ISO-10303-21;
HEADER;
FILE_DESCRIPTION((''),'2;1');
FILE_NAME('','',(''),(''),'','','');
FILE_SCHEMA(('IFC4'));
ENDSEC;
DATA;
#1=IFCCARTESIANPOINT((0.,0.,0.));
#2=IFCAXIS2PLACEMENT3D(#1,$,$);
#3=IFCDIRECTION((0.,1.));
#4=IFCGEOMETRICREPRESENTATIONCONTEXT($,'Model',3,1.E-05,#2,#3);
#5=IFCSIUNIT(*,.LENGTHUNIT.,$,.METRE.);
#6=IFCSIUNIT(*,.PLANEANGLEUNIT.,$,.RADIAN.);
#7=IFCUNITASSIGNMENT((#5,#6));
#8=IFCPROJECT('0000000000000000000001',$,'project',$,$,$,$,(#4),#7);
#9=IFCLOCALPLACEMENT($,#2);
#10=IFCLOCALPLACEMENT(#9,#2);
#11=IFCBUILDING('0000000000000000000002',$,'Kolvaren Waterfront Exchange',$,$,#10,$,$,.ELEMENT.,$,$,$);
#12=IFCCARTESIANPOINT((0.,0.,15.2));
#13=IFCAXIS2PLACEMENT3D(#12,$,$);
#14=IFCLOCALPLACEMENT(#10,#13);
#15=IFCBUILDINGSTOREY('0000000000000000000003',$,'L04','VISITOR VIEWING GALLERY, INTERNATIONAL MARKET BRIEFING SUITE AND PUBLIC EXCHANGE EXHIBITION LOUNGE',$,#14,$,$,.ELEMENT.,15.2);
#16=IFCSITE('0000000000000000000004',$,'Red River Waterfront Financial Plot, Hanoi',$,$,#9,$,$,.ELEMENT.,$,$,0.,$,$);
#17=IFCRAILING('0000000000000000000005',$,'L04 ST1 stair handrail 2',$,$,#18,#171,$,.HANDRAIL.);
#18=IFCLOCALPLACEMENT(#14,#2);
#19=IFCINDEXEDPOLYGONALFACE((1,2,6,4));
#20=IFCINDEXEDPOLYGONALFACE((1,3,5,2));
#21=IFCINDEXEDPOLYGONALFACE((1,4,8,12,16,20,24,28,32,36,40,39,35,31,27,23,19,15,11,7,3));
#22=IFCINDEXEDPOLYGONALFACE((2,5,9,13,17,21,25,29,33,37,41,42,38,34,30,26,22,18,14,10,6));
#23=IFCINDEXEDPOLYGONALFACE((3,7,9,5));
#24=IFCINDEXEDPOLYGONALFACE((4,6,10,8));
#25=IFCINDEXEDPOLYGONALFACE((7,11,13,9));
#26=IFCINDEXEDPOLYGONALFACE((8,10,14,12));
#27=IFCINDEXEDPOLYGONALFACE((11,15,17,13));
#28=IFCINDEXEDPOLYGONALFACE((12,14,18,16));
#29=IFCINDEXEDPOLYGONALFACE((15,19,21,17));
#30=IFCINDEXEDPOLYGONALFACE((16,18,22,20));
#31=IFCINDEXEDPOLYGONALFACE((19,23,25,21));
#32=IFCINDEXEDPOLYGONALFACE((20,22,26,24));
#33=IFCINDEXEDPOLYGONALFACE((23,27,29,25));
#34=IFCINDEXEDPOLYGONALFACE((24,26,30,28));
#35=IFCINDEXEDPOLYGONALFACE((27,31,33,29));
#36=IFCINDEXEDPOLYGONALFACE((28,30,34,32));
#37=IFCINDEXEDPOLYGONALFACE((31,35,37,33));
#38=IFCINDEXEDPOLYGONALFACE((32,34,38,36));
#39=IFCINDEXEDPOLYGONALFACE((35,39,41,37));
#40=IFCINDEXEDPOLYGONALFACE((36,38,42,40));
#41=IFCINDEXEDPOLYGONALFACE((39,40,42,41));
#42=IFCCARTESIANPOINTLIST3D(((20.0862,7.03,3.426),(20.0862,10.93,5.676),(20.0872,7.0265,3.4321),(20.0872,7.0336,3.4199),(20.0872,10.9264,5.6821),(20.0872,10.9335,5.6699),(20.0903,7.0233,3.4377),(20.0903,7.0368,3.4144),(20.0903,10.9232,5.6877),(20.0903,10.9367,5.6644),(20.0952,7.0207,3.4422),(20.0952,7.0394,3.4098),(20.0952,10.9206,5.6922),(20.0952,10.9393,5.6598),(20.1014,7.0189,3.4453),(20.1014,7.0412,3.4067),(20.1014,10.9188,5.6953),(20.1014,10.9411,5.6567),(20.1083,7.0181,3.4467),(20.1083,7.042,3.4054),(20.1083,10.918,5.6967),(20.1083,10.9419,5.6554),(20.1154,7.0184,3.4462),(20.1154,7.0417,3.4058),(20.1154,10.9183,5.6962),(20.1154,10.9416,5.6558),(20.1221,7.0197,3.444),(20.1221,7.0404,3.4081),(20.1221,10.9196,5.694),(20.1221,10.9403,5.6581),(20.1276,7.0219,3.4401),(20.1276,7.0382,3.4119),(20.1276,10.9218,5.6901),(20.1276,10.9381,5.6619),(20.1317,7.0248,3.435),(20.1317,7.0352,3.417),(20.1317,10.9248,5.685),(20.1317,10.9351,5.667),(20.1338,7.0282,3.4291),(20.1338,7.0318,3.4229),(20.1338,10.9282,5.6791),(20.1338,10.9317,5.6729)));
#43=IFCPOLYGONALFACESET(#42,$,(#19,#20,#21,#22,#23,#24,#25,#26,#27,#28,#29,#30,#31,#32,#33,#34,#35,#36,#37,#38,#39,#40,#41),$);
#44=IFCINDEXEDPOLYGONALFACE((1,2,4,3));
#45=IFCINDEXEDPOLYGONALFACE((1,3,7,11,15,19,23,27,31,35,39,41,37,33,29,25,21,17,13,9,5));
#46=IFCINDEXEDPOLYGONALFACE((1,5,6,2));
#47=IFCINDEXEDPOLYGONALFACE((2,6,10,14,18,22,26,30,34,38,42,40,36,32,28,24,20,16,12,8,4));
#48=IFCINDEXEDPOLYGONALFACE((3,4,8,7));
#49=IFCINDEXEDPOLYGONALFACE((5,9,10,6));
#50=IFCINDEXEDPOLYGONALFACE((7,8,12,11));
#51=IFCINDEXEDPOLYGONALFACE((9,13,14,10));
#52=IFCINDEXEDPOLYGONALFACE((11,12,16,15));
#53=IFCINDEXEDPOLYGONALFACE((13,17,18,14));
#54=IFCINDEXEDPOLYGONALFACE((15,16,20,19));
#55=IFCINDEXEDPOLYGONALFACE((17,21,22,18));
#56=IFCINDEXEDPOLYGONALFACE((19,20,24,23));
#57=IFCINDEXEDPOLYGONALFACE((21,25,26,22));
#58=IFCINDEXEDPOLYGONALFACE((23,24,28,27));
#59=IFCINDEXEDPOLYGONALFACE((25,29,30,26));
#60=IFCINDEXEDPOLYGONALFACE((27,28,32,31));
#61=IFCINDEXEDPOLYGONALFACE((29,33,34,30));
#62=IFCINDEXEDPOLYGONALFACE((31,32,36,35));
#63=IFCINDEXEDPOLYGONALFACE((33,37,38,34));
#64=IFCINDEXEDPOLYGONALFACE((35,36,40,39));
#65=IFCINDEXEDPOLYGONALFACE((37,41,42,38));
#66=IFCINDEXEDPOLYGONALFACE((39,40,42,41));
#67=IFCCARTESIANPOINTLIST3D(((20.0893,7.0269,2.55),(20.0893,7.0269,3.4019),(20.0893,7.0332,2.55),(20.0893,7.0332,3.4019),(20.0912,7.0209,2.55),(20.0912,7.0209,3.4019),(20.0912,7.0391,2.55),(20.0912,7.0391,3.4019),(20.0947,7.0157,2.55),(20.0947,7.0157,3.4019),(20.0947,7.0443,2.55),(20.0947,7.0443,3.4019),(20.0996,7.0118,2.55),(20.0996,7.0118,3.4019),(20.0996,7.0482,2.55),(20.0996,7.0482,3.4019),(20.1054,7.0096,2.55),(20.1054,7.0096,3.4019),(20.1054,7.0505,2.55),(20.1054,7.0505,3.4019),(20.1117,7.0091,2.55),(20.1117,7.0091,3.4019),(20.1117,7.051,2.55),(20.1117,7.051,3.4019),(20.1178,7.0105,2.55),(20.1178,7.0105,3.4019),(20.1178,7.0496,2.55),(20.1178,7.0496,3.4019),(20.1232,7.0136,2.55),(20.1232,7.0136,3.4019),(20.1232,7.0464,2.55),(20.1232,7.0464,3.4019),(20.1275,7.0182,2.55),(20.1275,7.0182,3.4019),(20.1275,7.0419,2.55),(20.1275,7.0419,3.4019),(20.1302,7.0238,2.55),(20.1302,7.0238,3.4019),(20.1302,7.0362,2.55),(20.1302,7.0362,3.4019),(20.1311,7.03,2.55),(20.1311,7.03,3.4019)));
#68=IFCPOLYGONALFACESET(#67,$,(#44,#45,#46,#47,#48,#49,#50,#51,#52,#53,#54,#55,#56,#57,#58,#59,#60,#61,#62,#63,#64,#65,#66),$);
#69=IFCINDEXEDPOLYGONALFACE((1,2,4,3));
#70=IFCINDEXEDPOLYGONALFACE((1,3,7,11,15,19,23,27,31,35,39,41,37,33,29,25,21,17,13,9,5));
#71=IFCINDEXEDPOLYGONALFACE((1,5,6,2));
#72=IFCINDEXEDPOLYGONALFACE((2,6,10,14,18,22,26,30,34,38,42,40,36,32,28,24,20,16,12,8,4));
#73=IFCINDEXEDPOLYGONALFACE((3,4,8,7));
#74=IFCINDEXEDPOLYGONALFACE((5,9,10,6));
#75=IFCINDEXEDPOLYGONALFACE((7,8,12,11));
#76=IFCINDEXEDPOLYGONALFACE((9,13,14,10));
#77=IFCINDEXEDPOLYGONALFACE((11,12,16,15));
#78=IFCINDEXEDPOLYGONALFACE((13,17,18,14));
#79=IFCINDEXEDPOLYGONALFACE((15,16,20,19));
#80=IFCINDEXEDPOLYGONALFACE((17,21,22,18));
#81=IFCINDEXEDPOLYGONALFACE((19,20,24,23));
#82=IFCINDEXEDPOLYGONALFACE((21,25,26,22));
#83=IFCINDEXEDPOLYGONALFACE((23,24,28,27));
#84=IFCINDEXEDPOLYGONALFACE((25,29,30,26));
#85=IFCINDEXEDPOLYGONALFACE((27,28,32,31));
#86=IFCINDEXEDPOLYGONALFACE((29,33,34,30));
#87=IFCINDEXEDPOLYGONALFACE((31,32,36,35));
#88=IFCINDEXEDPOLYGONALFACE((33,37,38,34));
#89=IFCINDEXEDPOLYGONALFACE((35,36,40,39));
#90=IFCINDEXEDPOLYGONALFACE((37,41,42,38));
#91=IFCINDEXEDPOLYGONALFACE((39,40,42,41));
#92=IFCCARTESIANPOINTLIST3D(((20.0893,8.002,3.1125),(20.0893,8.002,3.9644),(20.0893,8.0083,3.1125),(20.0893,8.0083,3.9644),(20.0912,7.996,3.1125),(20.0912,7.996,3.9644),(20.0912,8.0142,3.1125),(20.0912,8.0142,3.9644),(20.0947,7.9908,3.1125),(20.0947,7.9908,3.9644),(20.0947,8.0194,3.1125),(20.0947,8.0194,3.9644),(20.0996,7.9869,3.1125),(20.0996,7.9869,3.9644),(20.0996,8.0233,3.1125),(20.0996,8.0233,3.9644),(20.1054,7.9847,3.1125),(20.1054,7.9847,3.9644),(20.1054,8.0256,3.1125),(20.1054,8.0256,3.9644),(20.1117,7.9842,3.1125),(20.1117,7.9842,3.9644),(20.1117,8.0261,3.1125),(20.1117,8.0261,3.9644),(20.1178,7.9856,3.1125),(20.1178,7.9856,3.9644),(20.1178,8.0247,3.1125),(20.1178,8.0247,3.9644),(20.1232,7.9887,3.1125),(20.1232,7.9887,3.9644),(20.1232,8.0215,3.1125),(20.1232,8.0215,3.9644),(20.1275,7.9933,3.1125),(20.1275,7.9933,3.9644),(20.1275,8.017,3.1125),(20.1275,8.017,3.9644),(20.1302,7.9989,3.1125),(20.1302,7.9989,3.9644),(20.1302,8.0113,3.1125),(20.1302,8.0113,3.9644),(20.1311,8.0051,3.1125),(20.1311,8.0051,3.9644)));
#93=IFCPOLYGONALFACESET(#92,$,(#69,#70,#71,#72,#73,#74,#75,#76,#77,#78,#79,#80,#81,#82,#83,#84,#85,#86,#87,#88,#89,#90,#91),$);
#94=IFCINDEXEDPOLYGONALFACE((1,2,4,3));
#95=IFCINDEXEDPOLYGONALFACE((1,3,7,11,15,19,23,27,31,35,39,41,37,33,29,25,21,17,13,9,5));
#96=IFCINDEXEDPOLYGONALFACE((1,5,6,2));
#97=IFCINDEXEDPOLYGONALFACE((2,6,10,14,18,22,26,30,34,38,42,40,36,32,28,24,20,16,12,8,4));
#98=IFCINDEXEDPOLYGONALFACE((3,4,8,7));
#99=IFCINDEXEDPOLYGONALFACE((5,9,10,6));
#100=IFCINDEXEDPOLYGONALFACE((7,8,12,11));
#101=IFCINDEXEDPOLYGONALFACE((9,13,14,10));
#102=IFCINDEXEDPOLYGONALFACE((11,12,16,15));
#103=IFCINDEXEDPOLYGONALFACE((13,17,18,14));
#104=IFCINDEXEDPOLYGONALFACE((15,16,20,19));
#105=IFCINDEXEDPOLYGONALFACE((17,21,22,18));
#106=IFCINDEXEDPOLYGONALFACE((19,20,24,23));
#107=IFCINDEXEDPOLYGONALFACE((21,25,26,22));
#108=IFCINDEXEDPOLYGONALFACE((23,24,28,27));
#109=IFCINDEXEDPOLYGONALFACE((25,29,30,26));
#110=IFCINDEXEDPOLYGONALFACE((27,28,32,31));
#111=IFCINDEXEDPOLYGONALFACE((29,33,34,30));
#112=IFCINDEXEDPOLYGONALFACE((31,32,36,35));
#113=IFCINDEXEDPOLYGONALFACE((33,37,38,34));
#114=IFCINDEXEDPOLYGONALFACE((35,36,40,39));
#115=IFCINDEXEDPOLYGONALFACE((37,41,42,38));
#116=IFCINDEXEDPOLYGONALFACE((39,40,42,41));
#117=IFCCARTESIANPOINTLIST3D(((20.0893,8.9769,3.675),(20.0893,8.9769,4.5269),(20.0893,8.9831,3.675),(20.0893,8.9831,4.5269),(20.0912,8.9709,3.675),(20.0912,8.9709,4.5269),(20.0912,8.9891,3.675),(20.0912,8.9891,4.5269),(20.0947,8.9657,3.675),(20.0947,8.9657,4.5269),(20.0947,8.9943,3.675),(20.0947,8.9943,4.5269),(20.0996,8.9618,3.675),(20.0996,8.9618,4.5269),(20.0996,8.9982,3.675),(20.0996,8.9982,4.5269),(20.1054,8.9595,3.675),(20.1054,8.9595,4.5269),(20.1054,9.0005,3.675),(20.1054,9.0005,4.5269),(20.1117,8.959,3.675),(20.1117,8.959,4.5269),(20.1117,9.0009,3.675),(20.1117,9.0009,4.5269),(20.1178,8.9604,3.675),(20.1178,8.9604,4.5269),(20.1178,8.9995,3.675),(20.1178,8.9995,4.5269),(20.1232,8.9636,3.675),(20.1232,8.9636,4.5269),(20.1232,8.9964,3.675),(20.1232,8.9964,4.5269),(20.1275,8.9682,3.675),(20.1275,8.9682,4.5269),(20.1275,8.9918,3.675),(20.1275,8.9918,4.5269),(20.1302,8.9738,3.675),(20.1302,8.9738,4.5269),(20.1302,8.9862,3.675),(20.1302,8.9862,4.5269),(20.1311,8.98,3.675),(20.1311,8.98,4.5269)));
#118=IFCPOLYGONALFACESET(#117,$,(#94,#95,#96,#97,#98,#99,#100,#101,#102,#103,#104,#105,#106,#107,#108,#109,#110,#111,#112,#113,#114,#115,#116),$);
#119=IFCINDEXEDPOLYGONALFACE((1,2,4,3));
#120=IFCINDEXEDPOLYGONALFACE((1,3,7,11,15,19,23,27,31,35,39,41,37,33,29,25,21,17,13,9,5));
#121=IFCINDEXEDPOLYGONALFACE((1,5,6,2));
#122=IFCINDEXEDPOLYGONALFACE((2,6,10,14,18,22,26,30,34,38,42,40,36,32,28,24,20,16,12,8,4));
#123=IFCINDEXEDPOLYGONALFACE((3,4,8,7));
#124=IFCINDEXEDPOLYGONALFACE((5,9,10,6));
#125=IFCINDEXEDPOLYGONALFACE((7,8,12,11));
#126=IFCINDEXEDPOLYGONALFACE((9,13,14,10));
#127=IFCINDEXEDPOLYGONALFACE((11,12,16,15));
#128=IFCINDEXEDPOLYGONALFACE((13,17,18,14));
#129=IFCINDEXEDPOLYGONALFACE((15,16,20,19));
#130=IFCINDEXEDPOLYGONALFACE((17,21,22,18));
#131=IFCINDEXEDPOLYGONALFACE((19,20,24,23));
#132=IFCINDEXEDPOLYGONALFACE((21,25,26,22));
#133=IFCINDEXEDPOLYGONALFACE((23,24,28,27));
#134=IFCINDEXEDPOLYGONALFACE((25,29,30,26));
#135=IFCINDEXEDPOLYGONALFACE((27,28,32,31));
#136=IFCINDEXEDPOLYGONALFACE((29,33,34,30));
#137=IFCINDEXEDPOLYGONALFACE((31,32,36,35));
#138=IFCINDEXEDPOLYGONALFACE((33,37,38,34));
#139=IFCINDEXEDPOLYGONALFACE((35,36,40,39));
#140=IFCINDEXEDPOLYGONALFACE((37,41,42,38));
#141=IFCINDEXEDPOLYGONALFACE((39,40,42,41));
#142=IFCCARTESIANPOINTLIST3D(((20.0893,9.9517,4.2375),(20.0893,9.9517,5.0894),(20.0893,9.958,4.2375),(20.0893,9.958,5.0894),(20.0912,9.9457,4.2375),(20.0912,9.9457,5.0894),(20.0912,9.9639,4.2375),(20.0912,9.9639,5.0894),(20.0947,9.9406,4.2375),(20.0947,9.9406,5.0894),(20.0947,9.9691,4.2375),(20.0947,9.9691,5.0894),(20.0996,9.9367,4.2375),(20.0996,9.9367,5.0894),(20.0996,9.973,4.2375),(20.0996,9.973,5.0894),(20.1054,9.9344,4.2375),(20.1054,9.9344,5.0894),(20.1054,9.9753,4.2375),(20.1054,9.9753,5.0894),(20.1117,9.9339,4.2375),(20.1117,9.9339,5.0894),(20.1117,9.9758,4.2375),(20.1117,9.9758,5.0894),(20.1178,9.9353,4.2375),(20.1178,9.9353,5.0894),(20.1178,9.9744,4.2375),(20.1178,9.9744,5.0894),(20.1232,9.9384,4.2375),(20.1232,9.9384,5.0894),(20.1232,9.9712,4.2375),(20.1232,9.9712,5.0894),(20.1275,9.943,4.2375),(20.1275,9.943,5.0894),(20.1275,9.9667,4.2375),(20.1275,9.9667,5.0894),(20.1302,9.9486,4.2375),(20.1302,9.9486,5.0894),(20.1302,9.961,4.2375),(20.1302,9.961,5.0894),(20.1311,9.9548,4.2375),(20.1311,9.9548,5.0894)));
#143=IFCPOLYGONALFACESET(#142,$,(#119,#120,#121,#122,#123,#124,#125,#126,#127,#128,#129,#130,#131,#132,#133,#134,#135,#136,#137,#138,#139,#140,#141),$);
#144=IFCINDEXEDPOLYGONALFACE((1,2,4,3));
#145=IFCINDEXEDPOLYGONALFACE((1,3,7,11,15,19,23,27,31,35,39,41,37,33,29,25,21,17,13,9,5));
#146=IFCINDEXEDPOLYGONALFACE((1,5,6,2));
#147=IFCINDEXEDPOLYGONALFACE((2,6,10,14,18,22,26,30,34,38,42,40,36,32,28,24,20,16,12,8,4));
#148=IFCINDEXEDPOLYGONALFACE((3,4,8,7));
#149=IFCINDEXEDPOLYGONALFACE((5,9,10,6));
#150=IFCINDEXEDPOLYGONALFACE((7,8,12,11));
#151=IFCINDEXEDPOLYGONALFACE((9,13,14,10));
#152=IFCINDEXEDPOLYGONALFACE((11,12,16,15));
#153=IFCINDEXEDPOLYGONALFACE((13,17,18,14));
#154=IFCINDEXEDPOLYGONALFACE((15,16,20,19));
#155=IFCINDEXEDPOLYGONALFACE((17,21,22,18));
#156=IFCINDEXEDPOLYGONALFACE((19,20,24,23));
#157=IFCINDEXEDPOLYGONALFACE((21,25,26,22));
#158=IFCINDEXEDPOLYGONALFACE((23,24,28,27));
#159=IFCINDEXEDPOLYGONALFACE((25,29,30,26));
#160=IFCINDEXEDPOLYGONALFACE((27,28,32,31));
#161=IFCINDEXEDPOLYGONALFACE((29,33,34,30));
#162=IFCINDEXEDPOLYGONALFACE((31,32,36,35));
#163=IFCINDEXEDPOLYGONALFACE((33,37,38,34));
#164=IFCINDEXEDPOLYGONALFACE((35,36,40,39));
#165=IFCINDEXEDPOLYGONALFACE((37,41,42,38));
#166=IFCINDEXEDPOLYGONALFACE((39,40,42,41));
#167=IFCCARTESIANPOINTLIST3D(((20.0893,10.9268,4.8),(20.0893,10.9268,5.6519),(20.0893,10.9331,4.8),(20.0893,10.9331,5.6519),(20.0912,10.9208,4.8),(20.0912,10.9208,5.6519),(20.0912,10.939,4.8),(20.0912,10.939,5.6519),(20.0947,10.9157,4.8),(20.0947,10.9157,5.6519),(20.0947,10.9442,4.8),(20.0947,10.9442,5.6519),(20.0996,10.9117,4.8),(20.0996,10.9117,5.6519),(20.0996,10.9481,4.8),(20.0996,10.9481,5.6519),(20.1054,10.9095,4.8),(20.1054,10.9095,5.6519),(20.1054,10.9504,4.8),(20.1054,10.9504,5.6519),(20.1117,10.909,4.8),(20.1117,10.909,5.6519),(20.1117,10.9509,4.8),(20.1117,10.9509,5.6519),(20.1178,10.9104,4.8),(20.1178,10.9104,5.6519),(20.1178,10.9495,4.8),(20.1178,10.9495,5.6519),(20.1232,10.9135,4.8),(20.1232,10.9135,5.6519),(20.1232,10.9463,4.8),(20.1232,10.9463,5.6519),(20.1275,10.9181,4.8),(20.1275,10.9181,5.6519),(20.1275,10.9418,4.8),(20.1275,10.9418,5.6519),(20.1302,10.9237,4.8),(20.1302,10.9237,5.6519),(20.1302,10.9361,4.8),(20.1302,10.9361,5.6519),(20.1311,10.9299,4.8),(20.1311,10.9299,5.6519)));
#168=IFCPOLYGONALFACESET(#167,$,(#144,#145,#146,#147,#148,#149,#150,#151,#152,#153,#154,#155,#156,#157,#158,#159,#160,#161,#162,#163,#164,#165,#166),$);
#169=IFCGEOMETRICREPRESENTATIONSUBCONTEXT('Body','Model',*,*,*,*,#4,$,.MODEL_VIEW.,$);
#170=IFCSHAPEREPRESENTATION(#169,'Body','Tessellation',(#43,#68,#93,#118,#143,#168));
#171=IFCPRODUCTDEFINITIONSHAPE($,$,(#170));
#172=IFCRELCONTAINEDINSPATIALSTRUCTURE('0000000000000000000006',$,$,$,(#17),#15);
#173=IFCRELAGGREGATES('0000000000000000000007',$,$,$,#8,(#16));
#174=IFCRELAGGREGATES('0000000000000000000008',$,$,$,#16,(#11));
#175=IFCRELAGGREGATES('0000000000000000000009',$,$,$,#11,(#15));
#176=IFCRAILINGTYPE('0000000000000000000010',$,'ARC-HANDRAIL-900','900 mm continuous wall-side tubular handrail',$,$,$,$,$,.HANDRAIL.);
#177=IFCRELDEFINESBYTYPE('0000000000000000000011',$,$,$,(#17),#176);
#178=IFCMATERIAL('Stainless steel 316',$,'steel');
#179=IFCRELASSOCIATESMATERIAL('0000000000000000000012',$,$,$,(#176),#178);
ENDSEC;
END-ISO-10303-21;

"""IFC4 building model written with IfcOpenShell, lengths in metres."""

from ifc_helpers import new_model, si_unit, direction, frame, origin, origin_2d, place, context, subcontext, project, spatial, circle, extrude, material, type_object, element, save


model = new_model("IFC4")

# Units and contexts
model_context = context("Model", 3, precision=1e-05, world=origin(), true_north=direction((0.0, 1.0)))
body_context = subcontext(model_context, "Body", "Model", "MODEL_VIEW")
ifc_project = project(units=[si_unit("LENGTHUNIT", "METRE"), si_unit("PLANEANGLEUNIT", "RADIAN")], contexts=[model_context])

# Site, building, storey
site_placement = place(None, origin())
site = spatial("IfcSite", under=ifc_project, at=site_placement, Name="Red River Waterfront Financial Plot, Hanoi", CompositionType="ELEMENT", RefElevation=0.0)
building_placement = place(site_placement, origin())
building = spatial("IfcBuilding", under=site, at=building_placement, Name="Kolvaren Waterfront Exchange", CompositionType="ELEMENT")
storey_placement = place(building_placement, frame((0.0, 0.0, 15.2)))
storey = spatial("IfcBuildingStorey", under=building, at=storey_placement, Name="L04", Description="VISITOR VIEWING GALLERY, INTERNATIONAL MARKET BRIEFING SUITE AND PUBLIC EXCHANGE EXHIBITION LOUNGE", CompositionType="ELEMENT", Elevation=15.2)

# Railing
ifc_material_1 = material(Name="Stainless steel 316", Category="steel")
railing_type_1 = type_object("IfcRailingType", Name="ARC-HANDRAIL-900", Description="900 mm continuous wall-side tubular handrail", PredefinedType="HANDRAIL", material=ifc_material_1)
railing_1_placement = place(storey_placement, frame((20.1101, 7.03, 2.55)))
element("IfcRailing", 1, at=railing_1_placement, inside=storey, type_object=railing_type_1, Name="L04 ST1 stair handrail 2", PredefinedType="HANDRAIL", context=body_context, shape_type="SweptSolid", body=[
    extrude(circle(Radius=0.0239, at=origin_2d()), frame((0.0, 0.0, 0.876), z_axis=(0.0, 0.86618, 0.499732), x_axis=(-1.0, 0.0, 0.0)), (0.0, 0.0, 1.0), 4.5024),
    extrude(circle(Radius=0.021, at=origin_2d()), origin(), (0.0, 0.0, 1.0), 0.8518),
    extrude(circle(Radius=0.021, at=origin_2d()), frame((0.0, 0.9751, 0.5625)), (0.0, 0.0, 1.0), 0.8518),
    extrude(circle(Radius=0.021, at=origin_2d()), frame((0.0, 1.95, 1.125)), (0.0, 0.0, 1.0), 0.8518),
    extrude(circle(Radius=0.021, at=origin_2d()), frame((0.0, 2.9248, 1.6875)), (0.0, 0.0, 1.0), 0.8518),
    extrude(circle(Radius=0.021, at=origin_2d()), frame((0.0, 3.8999, 2.25)), (0.0, 0.0, 1.0), 0.8518),
])

save(model, "model.ifc")
